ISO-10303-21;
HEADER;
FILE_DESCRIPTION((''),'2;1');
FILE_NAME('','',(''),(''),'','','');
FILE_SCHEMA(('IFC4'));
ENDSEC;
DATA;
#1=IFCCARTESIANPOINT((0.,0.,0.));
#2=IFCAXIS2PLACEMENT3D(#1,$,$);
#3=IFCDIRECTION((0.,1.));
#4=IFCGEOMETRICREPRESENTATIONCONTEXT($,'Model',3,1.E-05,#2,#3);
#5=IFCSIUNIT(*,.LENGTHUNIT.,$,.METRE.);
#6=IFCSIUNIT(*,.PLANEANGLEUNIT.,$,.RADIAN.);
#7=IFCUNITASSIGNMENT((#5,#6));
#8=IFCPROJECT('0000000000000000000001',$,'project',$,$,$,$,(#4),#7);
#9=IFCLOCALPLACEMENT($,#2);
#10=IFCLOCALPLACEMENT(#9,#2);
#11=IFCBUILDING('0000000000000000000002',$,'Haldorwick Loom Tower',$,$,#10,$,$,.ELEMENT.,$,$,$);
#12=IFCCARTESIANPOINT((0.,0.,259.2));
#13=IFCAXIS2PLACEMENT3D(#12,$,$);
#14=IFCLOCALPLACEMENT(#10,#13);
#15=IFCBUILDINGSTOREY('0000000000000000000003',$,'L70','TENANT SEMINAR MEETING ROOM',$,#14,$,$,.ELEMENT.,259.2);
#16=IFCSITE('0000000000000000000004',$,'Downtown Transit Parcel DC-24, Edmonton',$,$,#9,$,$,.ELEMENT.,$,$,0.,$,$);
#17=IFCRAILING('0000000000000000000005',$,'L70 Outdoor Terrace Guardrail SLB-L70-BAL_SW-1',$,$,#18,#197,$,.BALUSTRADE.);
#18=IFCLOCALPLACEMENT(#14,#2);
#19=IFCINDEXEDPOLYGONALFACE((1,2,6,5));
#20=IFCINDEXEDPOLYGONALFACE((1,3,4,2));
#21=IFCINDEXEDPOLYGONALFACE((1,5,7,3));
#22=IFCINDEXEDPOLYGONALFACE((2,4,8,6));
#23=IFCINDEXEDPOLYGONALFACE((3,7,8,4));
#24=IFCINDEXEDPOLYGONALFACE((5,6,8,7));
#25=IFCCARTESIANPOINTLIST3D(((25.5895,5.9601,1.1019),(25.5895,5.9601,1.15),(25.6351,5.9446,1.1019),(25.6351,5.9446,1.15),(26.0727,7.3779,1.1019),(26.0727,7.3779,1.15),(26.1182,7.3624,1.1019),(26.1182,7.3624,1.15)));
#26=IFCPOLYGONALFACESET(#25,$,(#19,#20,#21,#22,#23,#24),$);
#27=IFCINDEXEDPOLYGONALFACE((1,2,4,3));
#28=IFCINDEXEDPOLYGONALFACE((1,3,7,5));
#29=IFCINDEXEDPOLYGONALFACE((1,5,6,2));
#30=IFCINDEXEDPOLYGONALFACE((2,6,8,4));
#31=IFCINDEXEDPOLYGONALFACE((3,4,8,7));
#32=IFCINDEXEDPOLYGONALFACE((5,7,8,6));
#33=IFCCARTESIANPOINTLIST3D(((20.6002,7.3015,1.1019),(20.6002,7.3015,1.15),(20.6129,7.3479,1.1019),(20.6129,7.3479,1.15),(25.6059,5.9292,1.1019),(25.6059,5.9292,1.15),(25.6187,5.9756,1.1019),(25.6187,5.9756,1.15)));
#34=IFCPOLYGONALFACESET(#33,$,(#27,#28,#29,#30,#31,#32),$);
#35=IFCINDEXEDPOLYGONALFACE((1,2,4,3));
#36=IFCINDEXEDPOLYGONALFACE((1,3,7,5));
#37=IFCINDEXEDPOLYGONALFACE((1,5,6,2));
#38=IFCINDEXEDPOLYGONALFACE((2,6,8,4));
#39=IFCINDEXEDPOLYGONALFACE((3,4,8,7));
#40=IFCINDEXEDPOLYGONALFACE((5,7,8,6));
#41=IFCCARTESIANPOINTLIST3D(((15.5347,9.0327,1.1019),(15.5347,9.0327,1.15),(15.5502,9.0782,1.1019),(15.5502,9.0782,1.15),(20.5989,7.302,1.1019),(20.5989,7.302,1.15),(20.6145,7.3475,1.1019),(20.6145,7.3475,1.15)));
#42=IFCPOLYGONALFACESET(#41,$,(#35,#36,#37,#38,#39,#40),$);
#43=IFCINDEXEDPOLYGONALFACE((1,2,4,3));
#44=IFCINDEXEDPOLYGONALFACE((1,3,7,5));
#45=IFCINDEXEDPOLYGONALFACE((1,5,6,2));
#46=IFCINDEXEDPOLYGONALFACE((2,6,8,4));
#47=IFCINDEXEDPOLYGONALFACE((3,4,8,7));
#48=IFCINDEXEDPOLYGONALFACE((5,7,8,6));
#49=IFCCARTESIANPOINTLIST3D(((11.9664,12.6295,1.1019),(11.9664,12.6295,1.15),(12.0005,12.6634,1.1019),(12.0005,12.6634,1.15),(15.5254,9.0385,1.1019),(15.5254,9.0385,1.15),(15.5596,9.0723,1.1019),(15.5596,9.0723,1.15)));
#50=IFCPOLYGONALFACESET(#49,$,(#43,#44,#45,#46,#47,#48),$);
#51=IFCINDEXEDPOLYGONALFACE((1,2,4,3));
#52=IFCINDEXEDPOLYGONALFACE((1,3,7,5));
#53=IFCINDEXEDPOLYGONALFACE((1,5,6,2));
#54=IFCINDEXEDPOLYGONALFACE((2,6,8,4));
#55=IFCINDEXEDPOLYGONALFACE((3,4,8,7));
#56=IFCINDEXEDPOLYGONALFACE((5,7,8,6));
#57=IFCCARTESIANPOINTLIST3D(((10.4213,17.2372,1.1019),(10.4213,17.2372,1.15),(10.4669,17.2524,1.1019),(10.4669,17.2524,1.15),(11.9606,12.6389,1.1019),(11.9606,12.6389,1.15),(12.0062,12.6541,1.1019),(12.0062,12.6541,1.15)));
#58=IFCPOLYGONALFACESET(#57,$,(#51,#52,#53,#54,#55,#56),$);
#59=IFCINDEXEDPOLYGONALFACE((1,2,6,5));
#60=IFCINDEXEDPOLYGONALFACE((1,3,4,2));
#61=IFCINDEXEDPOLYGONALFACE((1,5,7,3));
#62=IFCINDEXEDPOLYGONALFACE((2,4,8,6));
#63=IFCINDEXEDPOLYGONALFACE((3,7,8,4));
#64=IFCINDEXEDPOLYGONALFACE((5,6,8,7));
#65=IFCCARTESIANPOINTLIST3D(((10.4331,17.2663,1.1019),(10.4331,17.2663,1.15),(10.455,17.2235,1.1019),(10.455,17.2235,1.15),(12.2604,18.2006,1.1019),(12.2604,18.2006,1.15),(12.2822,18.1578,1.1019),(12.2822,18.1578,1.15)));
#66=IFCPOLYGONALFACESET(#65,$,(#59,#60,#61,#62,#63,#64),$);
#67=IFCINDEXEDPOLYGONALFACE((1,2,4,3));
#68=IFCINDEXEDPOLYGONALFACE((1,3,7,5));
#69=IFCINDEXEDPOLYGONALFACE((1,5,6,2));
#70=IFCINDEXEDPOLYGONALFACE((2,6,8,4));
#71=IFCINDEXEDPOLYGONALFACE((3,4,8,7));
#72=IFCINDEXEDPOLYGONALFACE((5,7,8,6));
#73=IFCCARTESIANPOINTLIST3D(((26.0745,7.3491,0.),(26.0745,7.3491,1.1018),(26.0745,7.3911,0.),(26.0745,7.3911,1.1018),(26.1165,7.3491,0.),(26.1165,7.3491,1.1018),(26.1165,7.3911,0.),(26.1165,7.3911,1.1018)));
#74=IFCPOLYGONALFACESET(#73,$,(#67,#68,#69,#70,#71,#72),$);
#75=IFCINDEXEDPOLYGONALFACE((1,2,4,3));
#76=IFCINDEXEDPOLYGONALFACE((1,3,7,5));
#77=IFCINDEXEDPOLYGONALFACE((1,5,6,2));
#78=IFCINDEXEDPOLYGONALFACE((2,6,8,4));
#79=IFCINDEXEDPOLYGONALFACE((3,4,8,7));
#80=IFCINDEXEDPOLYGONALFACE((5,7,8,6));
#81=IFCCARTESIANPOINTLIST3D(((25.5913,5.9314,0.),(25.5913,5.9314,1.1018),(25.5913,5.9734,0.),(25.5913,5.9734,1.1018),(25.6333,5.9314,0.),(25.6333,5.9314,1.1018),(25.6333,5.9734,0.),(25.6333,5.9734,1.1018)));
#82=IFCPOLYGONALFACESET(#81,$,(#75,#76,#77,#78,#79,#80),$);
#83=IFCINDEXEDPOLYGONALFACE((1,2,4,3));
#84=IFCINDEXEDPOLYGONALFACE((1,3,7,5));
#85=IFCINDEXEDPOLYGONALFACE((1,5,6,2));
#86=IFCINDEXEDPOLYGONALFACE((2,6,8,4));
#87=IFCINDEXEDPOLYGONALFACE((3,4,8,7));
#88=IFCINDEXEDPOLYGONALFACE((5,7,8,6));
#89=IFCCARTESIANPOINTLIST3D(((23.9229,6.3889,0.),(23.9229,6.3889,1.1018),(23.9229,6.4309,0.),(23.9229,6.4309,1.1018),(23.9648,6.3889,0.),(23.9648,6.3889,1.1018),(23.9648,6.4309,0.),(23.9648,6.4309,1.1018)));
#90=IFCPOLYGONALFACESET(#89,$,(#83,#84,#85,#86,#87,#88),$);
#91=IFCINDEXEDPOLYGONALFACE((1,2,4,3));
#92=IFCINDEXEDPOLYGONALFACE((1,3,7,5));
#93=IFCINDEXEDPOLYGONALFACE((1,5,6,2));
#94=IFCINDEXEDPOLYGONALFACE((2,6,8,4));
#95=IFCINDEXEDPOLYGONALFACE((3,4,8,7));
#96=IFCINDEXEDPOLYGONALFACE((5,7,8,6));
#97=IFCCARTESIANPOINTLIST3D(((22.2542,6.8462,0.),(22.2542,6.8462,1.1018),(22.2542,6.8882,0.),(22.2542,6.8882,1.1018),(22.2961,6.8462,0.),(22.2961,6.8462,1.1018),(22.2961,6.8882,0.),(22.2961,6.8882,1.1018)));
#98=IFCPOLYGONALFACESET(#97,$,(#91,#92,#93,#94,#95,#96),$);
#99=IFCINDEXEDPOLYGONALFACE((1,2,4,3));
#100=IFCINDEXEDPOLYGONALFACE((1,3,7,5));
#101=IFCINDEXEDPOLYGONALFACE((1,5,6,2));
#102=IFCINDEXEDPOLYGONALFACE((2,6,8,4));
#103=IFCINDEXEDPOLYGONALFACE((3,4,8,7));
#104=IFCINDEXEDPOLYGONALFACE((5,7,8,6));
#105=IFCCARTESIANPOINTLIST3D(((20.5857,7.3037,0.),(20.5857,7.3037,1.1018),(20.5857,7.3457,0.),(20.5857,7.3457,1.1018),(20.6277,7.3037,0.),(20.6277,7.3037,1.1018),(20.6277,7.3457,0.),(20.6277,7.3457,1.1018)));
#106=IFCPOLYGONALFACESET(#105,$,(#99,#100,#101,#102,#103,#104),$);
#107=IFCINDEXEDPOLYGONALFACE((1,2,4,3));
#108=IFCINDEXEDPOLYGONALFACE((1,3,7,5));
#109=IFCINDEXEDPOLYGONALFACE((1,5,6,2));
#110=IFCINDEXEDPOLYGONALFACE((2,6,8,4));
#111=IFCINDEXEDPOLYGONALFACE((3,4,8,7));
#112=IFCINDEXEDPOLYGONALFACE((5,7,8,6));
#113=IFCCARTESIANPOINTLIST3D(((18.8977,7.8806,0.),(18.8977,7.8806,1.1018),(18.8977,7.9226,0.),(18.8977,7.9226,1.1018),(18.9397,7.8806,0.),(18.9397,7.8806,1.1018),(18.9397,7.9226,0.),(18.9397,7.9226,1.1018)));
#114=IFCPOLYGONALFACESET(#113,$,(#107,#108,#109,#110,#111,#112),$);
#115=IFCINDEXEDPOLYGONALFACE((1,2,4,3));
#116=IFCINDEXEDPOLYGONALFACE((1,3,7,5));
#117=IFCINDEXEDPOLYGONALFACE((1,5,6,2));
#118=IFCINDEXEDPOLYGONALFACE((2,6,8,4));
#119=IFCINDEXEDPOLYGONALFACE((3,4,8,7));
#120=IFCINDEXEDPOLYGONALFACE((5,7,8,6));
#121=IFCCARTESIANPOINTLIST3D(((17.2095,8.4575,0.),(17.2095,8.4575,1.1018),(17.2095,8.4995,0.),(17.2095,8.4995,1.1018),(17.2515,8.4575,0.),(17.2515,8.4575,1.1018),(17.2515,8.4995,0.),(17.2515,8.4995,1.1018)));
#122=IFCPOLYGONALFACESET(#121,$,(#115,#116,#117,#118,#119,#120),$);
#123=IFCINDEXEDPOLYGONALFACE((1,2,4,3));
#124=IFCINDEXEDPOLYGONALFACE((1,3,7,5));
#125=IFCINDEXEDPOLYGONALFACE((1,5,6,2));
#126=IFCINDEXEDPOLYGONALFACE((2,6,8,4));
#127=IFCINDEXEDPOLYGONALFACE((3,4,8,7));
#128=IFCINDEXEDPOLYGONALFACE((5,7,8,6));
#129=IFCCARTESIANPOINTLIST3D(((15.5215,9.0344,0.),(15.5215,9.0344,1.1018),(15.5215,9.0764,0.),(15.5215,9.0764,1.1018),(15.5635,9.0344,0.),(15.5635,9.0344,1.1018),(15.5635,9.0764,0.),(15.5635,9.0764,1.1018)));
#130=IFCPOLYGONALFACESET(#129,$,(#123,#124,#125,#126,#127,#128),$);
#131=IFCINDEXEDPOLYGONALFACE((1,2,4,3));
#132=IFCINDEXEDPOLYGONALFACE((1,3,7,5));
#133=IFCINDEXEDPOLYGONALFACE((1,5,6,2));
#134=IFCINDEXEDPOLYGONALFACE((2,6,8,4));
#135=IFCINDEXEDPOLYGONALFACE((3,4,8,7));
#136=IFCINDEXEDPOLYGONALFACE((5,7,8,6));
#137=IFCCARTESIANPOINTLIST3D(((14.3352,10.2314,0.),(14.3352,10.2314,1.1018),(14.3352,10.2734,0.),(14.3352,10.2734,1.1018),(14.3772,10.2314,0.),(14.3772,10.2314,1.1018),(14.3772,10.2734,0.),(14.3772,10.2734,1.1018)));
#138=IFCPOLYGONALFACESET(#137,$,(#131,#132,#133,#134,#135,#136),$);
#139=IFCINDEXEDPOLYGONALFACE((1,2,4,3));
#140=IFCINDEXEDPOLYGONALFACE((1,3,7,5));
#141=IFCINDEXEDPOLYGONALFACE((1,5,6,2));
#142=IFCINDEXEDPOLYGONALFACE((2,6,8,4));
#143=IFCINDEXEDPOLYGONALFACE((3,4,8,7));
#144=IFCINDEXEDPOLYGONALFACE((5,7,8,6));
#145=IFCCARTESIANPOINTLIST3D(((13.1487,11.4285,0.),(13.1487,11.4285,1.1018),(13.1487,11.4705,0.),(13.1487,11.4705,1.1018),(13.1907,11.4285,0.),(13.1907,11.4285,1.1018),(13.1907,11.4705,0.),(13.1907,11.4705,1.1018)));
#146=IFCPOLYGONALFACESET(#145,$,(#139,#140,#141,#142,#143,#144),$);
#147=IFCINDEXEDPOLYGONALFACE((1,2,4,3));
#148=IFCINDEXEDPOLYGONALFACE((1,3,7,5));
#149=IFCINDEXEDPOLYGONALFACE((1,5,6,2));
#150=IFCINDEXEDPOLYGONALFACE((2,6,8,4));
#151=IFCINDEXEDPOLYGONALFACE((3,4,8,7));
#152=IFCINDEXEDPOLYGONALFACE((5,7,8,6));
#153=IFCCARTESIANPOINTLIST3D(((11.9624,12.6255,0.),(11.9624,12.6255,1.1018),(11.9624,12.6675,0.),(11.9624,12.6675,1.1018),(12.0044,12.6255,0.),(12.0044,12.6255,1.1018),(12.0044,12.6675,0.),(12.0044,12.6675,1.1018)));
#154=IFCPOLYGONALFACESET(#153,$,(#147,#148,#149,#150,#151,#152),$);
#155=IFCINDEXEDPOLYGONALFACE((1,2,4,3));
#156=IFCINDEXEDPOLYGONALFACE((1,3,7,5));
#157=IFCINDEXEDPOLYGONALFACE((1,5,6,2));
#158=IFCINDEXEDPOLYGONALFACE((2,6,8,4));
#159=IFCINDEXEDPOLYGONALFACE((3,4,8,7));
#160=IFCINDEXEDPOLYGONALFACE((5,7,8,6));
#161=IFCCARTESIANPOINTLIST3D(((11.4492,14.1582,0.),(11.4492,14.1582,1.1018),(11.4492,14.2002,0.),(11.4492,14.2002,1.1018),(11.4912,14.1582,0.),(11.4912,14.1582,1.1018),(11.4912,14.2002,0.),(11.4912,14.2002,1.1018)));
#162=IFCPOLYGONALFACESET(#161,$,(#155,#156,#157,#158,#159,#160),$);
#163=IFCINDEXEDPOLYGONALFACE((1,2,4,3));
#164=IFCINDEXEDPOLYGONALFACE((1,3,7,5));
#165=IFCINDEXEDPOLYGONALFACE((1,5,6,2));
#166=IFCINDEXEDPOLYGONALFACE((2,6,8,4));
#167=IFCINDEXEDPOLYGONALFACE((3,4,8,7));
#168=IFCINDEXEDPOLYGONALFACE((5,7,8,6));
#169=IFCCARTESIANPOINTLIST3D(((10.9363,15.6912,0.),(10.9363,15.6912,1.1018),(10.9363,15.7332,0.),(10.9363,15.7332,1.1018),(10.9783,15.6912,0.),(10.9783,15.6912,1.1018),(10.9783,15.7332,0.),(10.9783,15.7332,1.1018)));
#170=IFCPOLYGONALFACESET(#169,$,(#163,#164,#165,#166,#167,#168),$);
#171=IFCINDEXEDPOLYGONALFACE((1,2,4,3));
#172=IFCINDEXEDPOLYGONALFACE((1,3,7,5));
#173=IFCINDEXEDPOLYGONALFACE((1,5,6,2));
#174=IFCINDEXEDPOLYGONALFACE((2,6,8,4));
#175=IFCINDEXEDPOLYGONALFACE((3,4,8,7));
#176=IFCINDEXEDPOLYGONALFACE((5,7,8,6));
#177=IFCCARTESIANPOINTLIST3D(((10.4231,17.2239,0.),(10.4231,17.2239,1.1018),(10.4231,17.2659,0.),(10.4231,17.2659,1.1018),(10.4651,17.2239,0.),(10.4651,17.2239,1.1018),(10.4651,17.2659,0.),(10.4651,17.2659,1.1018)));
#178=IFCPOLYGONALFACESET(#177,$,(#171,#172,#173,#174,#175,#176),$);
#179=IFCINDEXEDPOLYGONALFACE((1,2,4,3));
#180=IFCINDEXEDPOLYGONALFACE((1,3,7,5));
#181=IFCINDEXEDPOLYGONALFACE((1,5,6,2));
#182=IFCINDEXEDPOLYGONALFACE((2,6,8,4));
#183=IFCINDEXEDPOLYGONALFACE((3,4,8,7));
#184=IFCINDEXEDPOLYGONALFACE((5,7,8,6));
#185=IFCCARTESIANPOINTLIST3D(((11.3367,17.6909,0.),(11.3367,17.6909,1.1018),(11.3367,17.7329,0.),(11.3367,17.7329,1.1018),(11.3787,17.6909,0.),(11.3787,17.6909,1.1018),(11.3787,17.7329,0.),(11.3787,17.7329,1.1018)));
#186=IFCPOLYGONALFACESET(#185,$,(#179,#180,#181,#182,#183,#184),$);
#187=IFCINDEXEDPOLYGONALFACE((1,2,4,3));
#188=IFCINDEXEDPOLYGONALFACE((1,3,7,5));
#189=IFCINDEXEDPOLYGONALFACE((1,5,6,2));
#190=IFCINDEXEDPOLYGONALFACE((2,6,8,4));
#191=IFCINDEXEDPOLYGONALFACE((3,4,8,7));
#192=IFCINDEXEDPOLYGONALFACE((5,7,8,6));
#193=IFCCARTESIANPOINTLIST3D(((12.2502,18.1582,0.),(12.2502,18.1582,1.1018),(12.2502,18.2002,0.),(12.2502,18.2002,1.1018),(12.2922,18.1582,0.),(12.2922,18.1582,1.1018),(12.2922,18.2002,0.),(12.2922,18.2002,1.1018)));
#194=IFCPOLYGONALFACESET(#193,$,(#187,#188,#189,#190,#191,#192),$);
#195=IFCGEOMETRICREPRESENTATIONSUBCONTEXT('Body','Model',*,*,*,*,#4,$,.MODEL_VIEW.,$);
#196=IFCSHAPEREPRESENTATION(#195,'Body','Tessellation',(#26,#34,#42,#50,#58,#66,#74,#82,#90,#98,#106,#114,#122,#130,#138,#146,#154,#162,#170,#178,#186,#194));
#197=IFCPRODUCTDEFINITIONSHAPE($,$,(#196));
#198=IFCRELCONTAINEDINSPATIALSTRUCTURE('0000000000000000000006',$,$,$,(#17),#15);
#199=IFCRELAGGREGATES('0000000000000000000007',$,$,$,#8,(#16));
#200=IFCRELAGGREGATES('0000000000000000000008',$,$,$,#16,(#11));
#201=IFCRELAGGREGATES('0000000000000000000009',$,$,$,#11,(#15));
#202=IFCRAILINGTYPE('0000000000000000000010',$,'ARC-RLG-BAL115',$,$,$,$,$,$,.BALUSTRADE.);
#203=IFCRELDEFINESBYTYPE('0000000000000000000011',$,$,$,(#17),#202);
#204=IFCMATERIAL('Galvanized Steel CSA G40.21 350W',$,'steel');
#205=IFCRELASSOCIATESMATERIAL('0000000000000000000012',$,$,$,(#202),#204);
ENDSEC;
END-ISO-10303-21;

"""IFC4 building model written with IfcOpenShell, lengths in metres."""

from ifc_helpers import new_model, si_unit, direction, frame, origin, origin_2d, place, context, subcontext, project, spatial, rectangle, extrude, material, type_object, element, save


model = new_model("IFC4")

# Units and contexts
model_context = context("Model", 3, precision=1e-05, world=origin(), true_north=direction((0.0, 1.0)))
body_context = subcontext(model_context, "Body", "Model", "MODEL_VIEW")
ifc_project = project(units=[si_unit("LENGTHUNIT", "METRE"), si_unit("PLANEANGLEUNIT", "RADIAN")], contexts=[model_context])

# Site, building, storey
site_placement = place(None, origin())
site = spatial("IfcSite", under=ifc_project, at=site_placement, Name="Downtown Transit Parcel DC-24, Edmonton", CompositionType="ELEMENT", RefElevation=0.0)
building_placement = place(site_placement, origin())
building = spatial("IfcBuilding", under=site, at=building_placement, Name="Haldorwick Loom Tower", CompositionType="ELEMENT")
storey_placement = place(building_placement, frame((0.0, 0.0, 259.2)))
storey = spatial("IfcBuildingStorey", under=building, at=storey_placement, Name="L70", Description="TENANT SEMINAR MEETING ROOM", CompositionType="ELEMENT", Elevation=259.2)

# Railing
ifc_material_1 = material(Name="Galvanized Steel CSA G40.21 350W", Category="steel")
railing_type = type_object("IfcRailingType", Name="ARC-RLG-BAL115", PredefinedType="BALUSTRADE", material=ifc_material_1)
railing_placement = place(storey_placement, frame((26.0955, 7.3701, 0.0)))
element("IfcRailing", 1, at=railing_placement, inside=storey, type_object=railing_type, Name="L70 Outdoor Terrace Guardrail SLB-L70-BAL_SW-1", PredefinedType="BALUSTRADE", context=body_context, shape_type="SweptSolid", body=[
    extrude(rectangle(XDim=0.0481, YDim=0.0481, at=origin_2d()), frame((0.0, 0.0, 1.126), z_axis=(-0.322578, -0.946543, 0.0), x_axis=(0.946543, -0.322578, 0.0)), (0.0, 0.0, 1.0), 1.4978),
    extrude(rectangle(XDim=0.0481, YDim=0.0481, at=origin_2d()), frame((-0.4832, -1.4177, 1.126), z_axis=(-0.964413, 0.264399, 0.0), x_axis=(-0.264399, -0.964413, 0.0)), (0.0, 0.0, 1.0), 5.1904),
    extrude(rectangle(XDim=0.0481, YDim=0.0481, at=origin_2d()), frame((-5.4888, -0.0454, 1.126), z_axis=(-0.946266, 0.32339, 0.0), x_axis=(-0.32339, -0.946266, 0.0)), (0.0, 0.0, 1.0), 5.3518),
    extrude(rectangle(XDim=0.0481, YDim=0.0481, at=origin_2d()), frame((-10.553, 1.6853, 1.126), z_axis=(-0.703937, 0.710263, 0.0), x_axis=(-0.710263, -0.703937, 0.0)), (0.0, 0.0, 1.0), 5.0559),
    extrude(rectangle(XDim=0.0481, YDim=0.0481, at=origin_2d()), frame((-14.1121, 5.2764, 1.126), z_axis=(-0.317436, 0.94828, 0.0), x_axis=(-0.94828, -0.317436, 0.0)), (0.0, 0.0, 1.0), 4.8491),
    extrude(rectangle(XDim=0.0481, YDim=0.0481, at=origin_2d()), frame((-15.6514, 9.8748, 1.126), z_axis=(0.890346, 0.455285, 0.0), x_axis=(-0.455285, 0.890346, 0.0)), (0.0, 0.0, 1.0), 2.0522),
    extrude(rectangle(XDim=0.042, YDim=0.042, at=origin_2d()), origin(), (0.0, 0.0, 1.0), 1.1018),
    extrude(rectangle(XDim=0.042, YDim=0.042, at=origin_2d()), frame((-0.4832, -1.4177, 0.0)), (0.0, 0.0, 1.0), 1.1018),
    extrude(rectangle(XDim=0.042, YDim=0.042, at=origin_2d()), frame((-2.1516, -0.9602, 0.0)), (0.0, 0.0, 1.0), 1.1018),
    extrude(rectangle(XDim=0.042, YDim=0.042, at=origin_2d()), frame((-3.8203, -0.5029, 0.0)), (0.0, 0.0, 1.0), 1.1018),
    extrude(rectangle(XDim=0.042, YDim=0.042, at=origin_2d()), frame((-5.4888, -0.0454, 0.0)), (0.0, 0.0, 1.0), 1.1018),
    extrude(rectangle(XDim=0.042, YDim=0.042, at=origin_2d()), frame((-7.1768, 0.5315, 0.0)), (0.0, 0.0, 1.0), 1.1018),
    extrude(rectangle(XDim=0.042, YDim=0.042, at=origin_2d()), frame((-8.865, 1.1084, 0.0)), (0.0, 0.0, 1.0), 1.1018),
    extrude(rectangle(XDim=0.042, YDim=0.042, at=origin_2d()), frame((-10.553, 1.6853, 0.0)), (0.0, 0.0, 1.0), 1.1018),
    extrude(rectangle(XDim=0.042, YDim=0.042, at=origin_2d()), frame((-11.7393, 2.8823, 0.0)), (0.0, 0.0, 1.0), 1.1018),
    extrude(rectangle(XDim=0.042, YDim=0.042, at=origin_2d()), frame((-12.9258, 4.0793, 0.0)), (0.0, 0.0, 1.0), 1.1018),
    extrude(rectangle(XDim=0.042, YDim=0.042, at=origin_2d()), frame((-14.1121, 5.2764, 0.0)), (0.0, 0.0, 1.0), 1.1018),
    extrude(rectangle(XDim=0.042, YDim=0.042, at=origin_2d()), frame((-14.6252, 6.8091, 0.0)), (0.0, 0.0, 1.0), 1.1018),
    extrude(rectangle(XDim=0.042, YDim=0.042, at=origin_2d()), frame((-15.1382, 8.342, 0.0)), (0.0, 0.0, 1.0), 1.1018),
    extrude(rectangle(XDim=0.042, YDim=0.042, at=origin_2d()), frame((-15.6514, 9.8748, 0.0)), (0.0, 0.0, 1.0), 1.1018),
    extrude(rectangle(XDim=0.042, YDim=0.042, at=origin_2d()), frame((-14.7378, 10.3418, 0.0)), (0.0, 0.0, 1.0), 1.1018),
    extrude(rectangle(XDim=0.042, YDim=0.042, at=origin_2d()), frame((-13.8242, 10.8091, 0.0)), (0.0, 0.0, 1.0), 1.1018),
])

save(model, "model.ifc")
